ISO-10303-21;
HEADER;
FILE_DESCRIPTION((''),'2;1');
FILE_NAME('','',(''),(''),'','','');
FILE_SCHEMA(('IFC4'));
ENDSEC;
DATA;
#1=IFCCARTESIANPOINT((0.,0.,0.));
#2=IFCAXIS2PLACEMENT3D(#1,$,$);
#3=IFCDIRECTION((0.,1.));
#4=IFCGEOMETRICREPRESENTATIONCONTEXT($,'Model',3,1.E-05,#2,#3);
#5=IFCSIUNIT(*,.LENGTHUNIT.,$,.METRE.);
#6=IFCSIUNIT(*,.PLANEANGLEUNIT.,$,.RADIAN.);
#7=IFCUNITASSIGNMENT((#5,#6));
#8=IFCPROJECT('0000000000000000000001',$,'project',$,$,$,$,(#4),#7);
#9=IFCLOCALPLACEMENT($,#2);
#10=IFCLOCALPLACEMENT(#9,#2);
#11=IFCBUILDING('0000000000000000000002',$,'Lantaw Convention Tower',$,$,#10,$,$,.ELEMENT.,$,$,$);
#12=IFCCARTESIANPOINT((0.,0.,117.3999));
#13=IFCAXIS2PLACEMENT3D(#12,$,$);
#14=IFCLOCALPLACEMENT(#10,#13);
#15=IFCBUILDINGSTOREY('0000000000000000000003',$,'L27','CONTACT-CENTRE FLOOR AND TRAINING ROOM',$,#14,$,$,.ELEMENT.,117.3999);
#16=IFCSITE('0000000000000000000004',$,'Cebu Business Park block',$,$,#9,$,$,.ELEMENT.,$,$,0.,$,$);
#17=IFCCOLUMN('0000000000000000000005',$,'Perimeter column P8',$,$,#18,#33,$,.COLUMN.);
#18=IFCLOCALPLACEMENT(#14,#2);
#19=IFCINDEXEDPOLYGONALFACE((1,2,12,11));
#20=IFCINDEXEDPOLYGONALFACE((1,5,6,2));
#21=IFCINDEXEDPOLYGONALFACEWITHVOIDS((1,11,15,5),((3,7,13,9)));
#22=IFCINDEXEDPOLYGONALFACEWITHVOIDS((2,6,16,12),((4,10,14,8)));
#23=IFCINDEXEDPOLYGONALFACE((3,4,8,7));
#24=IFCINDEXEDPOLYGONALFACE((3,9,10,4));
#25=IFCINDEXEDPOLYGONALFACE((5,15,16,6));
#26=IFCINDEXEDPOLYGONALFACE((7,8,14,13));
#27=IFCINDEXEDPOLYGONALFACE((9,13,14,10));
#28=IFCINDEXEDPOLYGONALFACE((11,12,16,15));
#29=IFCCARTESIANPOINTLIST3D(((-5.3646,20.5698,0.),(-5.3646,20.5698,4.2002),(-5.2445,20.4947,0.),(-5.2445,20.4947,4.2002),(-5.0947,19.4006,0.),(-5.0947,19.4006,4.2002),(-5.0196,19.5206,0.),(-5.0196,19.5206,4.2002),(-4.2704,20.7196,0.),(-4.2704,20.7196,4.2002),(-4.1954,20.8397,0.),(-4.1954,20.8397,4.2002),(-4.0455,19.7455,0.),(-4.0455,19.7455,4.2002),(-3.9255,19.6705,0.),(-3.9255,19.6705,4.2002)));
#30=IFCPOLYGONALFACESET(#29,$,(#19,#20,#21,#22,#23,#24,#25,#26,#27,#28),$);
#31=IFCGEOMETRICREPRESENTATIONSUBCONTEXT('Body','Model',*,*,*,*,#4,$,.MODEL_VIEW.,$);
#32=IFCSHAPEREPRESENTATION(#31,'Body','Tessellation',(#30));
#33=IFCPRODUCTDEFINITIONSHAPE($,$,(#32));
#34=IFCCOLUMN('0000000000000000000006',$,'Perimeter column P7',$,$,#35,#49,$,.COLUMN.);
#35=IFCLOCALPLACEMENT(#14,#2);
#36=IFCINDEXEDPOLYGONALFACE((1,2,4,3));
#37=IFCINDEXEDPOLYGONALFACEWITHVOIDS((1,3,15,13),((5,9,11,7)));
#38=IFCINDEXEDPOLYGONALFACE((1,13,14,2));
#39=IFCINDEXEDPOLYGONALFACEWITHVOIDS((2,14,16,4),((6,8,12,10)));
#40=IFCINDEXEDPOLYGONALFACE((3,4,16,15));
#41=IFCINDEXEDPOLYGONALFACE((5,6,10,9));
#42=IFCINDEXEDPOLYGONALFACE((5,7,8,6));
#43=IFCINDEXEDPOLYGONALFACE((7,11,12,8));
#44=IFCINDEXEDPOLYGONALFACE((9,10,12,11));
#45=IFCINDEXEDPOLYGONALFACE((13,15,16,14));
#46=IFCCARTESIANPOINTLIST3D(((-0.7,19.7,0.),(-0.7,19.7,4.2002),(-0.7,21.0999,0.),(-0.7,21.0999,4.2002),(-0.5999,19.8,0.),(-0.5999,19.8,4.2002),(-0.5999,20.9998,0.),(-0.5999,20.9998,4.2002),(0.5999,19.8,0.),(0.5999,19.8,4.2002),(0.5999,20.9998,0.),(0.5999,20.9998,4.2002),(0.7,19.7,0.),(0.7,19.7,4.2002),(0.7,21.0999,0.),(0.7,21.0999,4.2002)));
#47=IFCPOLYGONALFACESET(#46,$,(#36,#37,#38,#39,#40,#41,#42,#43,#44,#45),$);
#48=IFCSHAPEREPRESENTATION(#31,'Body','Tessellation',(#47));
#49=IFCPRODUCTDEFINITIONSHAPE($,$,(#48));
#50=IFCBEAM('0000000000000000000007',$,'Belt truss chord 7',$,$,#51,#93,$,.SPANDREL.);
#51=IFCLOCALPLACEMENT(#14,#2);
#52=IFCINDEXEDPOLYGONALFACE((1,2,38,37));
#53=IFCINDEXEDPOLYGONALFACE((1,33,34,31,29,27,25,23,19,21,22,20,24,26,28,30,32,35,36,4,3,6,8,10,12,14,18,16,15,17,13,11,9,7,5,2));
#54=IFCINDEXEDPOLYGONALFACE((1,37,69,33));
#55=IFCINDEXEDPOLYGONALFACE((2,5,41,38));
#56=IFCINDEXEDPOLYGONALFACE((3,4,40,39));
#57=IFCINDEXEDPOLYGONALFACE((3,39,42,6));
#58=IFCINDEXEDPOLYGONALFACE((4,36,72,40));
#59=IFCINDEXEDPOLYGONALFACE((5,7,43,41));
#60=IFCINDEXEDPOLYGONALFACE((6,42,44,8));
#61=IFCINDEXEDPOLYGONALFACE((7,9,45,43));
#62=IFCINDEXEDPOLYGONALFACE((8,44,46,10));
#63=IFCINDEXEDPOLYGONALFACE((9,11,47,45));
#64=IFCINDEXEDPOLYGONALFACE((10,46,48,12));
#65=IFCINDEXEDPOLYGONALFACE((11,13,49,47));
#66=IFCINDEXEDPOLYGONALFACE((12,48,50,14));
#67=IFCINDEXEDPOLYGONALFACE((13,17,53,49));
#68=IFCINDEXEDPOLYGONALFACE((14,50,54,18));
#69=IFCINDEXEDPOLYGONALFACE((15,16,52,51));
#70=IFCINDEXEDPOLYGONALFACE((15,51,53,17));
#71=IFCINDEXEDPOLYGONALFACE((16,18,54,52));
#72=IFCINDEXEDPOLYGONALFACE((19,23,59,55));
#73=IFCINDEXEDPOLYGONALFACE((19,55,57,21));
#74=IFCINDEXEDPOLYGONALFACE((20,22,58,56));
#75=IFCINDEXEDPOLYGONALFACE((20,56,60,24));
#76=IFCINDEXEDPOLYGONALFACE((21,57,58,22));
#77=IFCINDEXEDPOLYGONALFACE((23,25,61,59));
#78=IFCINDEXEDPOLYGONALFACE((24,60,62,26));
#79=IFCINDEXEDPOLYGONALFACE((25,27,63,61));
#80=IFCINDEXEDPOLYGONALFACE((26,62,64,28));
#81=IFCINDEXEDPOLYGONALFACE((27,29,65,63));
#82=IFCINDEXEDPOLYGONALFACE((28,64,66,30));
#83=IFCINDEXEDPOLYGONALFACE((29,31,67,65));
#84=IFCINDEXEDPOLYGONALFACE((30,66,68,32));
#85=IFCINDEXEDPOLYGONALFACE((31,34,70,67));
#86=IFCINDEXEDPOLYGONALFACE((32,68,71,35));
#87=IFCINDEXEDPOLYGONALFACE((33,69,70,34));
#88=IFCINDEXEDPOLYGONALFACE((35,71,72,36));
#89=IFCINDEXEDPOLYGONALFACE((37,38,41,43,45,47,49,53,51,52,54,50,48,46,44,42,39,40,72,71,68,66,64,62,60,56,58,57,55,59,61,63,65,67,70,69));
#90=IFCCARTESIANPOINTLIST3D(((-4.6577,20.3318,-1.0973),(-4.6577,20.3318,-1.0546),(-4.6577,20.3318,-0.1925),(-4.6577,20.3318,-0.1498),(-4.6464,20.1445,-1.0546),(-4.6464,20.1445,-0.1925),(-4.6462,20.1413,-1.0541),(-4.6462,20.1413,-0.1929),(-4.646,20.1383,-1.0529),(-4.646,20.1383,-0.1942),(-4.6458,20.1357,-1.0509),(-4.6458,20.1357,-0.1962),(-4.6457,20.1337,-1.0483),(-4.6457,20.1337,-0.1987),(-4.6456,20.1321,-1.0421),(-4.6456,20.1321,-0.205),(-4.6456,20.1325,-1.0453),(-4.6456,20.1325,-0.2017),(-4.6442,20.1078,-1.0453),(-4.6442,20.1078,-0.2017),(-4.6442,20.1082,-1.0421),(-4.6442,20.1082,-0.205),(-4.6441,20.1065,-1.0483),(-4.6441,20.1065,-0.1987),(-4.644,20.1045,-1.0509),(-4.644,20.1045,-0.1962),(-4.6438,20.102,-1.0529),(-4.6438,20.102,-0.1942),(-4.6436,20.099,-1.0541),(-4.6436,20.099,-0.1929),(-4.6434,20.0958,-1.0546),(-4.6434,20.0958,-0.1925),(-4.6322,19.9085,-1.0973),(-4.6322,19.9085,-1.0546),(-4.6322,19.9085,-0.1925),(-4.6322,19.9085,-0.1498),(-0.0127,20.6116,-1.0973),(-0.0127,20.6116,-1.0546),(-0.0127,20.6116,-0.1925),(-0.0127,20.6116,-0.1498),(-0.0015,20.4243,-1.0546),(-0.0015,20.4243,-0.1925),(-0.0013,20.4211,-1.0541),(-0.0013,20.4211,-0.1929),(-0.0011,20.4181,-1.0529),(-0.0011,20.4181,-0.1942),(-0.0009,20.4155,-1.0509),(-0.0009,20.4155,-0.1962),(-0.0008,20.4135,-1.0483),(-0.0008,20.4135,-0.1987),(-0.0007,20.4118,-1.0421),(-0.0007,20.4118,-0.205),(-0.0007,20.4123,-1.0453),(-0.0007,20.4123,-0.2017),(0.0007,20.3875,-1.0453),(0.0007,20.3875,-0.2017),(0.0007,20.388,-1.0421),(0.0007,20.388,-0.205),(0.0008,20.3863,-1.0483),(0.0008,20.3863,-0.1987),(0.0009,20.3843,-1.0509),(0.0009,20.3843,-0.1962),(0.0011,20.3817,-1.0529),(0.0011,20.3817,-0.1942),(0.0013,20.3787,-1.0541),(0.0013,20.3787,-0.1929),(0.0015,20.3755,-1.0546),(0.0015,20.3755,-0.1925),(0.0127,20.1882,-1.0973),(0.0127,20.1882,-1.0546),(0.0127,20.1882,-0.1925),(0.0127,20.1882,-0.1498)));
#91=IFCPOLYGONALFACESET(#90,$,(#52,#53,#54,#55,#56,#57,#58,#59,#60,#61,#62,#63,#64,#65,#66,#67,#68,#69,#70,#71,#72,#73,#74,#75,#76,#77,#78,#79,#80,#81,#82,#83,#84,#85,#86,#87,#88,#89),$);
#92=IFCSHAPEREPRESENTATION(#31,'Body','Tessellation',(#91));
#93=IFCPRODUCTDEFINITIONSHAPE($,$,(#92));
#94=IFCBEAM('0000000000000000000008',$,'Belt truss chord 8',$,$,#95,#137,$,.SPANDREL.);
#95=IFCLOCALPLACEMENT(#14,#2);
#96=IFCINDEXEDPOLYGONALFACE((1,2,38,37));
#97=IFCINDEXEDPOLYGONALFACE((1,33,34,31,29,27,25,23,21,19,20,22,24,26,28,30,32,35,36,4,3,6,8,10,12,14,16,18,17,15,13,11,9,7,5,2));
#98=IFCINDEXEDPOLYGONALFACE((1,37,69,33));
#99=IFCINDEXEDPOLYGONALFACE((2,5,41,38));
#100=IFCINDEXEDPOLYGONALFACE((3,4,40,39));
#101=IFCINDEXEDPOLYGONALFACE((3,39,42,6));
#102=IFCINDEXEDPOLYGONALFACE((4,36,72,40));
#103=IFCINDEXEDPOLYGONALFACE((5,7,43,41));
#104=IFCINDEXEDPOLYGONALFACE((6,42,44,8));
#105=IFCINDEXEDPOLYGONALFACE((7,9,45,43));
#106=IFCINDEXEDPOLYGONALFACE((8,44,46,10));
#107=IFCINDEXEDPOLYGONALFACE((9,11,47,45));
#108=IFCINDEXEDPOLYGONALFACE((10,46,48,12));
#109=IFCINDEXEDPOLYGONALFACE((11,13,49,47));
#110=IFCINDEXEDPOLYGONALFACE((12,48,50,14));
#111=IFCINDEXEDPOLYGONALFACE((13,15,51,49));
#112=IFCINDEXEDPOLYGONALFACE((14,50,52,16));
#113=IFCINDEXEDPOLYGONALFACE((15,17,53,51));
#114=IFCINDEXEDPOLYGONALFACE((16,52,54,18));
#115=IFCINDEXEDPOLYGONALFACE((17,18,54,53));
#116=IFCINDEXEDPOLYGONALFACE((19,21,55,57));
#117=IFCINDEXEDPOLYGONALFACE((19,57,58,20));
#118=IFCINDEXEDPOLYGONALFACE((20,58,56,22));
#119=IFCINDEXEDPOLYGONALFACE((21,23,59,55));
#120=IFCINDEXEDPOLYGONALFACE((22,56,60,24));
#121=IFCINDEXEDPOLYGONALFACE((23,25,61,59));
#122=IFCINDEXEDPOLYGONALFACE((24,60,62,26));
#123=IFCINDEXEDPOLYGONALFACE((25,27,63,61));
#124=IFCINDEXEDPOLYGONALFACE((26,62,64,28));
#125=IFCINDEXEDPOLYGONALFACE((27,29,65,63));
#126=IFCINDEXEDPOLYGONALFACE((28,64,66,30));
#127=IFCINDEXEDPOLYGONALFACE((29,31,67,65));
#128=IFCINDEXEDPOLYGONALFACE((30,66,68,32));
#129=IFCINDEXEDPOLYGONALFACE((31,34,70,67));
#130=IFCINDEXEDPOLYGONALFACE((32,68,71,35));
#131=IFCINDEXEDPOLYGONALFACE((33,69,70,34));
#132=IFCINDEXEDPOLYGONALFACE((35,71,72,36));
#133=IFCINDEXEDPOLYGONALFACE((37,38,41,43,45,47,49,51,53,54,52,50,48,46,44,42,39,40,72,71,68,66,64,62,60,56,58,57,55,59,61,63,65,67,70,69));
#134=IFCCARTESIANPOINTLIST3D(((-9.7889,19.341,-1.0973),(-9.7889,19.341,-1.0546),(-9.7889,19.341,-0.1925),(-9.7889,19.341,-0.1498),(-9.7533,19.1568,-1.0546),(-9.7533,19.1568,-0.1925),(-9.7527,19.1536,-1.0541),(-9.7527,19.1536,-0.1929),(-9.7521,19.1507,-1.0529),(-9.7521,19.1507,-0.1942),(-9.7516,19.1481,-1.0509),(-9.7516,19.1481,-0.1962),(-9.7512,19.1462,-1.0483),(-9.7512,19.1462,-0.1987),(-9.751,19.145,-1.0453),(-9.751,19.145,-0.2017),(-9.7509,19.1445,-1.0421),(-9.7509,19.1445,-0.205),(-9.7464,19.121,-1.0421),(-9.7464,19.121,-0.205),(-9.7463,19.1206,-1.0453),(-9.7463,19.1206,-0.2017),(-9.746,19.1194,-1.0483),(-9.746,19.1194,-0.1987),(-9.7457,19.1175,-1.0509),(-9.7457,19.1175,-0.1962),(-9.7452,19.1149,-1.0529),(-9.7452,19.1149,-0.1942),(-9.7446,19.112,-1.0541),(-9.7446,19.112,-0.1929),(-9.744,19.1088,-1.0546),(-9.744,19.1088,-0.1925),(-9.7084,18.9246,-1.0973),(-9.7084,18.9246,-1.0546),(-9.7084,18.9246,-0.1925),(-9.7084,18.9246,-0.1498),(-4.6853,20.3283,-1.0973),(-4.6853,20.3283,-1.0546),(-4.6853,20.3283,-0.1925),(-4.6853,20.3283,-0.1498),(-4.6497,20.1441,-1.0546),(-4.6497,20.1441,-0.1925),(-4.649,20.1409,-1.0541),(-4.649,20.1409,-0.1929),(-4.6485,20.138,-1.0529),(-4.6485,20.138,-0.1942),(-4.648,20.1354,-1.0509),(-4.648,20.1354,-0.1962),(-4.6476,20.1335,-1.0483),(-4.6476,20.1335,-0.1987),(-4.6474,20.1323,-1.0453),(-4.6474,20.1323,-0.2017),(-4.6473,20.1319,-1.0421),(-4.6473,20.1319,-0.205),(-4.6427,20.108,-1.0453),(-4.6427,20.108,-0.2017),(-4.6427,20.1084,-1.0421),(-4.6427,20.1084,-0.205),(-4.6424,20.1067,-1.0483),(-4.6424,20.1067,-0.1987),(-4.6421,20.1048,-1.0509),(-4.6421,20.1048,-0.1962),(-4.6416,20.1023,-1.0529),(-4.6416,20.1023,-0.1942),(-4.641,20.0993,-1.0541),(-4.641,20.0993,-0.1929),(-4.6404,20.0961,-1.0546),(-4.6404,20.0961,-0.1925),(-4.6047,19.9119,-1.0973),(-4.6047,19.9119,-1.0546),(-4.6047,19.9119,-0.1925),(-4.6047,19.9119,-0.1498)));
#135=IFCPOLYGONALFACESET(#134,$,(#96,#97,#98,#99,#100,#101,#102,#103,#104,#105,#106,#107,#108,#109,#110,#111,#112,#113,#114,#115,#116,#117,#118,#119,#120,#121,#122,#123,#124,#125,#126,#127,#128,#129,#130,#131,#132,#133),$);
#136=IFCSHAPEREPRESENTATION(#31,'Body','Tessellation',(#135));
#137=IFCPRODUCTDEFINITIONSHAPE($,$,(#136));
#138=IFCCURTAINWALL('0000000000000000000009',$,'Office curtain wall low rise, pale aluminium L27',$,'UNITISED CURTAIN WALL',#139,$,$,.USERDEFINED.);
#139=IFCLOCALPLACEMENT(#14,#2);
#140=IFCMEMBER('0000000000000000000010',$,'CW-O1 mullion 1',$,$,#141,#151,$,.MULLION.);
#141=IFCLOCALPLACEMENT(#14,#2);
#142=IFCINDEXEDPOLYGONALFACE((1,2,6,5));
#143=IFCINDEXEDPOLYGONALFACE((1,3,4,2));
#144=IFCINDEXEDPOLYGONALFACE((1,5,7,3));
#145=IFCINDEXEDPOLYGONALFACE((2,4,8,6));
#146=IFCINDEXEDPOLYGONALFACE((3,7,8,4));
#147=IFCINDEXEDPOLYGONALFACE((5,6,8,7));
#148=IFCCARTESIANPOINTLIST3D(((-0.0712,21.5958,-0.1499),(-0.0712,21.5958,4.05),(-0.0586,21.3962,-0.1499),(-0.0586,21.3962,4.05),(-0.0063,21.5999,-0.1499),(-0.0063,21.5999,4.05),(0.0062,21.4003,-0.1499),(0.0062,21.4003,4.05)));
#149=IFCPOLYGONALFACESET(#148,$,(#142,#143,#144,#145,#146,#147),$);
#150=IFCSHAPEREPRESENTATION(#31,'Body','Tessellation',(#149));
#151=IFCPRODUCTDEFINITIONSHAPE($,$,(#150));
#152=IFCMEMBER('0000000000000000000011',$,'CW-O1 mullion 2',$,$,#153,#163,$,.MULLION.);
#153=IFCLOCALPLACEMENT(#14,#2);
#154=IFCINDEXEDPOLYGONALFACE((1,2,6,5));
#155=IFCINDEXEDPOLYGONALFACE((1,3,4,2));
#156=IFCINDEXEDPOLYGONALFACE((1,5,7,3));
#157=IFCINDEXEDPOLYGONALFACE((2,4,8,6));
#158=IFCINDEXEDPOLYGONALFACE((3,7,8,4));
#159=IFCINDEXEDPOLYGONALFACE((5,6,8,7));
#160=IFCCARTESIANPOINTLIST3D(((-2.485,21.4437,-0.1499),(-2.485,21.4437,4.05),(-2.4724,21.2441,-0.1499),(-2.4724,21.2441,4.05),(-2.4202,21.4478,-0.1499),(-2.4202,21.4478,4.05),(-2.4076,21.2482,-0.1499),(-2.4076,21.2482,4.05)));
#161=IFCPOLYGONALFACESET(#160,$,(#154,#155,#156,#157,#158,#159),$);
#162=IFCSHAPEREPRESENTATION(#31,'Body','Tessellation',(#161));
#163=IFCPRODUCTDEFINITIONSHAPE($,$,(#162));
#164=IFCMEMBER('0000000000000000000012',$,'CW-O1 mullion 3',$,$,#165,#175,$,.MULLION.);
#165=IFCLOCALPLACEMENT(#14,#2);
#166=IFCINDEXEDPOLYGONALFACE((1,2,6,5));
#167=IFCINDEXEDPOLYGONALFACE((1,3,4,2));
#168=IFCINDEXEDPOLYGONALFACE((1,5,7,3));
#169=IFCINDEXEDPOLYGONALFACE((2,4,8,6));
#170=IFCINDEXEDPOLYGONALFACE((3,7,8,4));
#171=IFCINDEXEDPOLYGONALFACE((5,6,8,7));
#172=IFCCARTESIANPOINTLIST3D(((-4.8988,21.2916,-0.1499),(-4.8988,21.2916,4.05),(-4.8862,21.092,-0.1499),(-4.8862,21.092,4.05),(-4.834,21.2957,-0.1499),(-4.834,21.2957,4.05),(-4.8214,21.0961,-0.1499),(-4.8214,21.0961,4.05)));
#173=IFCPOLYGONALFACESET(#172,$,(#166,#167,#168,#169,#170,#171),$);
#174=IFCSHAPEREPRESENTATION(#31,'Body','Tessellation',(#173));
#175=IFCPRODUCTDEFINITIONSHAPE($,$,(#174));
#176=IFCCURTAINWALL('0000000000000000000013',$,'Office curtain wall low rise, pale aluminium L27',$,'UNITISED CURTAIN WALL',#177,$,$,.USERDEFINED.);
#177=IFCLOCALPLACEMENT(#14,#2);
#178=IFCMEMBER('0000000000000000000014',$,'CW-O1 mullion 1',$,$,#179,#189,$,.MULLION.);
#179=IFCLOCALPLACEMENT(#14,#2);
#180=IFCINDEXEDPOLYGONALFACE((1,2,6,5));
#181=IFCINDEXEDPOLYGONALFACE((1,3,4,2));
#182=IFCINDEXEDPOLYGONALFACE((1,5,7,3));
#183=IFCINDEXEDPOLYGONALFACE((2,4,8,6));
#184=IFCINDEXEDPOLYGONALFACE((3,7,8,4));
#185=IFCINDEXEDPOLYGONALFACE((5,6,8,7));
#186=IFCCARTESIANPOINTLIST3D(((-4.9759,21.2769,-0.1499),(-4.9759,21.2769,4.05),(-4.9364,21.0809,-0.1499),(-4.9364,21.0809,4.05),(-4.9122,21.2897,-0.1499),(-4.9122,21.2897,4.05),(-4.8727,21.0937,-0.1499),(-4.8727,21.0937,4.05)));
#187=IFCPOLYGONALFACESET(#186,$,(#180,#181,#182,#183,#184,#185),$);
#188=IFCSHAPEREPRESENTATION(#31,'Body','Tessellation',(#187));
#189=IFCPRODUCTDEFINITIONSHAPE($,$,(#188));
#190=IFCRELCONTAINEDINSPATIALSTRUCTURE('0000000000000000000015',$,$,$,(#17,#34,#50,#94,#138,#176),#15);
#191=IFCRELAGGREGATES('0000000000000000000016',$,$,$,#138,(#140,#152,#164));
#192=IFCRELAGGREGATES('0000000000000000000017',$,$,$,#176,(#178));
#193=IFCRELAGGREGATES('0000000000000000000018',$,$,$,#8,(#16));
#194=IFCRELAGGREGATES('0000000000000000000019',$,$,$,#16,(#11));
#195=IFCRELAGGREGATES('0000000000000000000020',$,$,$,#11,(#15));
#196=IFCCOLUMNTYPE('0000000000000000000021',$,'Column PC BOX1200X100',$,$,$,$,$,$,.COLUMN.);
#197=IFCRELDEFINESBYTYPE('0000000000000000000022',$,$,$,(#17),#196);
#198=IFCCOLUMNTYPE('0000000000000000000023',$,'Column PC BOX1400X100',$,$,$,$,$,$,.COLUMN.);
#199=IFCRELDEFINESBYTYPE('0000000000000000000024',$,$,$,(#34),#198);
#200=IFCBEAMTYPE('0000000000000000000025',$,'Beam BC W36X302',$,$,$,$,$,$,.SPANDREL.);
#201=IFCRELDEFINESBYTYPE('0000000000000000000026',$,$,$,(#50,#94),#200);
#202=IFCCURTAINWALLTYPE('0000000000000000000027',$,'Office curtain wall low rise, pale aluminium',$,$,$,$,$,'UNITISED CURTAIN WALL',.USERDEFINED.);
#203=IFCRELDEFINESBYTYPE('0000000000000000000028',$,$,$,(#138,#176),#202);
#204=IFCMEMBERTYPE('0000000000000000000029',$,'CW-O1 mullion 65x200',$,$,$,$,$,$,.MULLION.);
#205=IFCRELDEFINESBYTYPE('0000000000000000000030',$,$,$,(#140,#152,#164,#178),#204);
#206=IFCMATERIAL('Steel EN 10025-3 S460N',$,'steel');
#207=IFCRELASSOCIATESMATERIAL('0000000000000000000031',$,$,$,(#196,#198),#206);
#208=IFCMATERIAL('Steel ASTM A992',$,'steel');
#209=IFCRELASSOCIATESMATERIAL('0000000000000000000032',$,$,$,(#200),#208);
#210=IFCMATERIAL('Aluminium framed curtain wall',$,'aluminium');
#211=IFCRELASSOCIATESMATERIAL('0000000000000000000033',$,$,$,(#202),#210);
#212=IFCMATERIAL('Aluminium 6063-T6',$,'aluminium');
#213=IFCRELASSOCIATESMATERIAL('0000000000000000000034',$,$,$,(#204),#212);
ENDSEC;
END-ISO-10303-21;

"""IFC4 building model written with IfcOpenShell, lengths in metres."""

from ifc_helpers import new_model, si_unit, direction, frame, origin, origin_2d, place, context, subcontext, project, spatial, rectangle, hollow_rectangle, i_section, extrude, material, material_profile, profile_set, type_object, element, aggregate, save


model = new_model("IFC4")

# Units and contexts
model_context = context("Model", 3, precision=1e-05, world=origin(), true_north=direction((0.0, 1.0)))
body_context = subcontext(model_context, "Body", "Model", "MODEL_VIEW")
ifc_project = project(units=[si_unit("LENGTHUNIT", "METRE"), si_unit("PLANEANGLEUNIT", "RADIAN")], contexts=[model_context])

# Site, building, storey
site_placement = place(None, origin())
site = spatial("IfcSite", under=ifc_project, at=site_placement, Name="Cebu Business Park block", CompositionType="ELEMENT", RefElevation=0.0)
building_placement = place(site_placement, origin())
building = spatial("IfcBuilding", under=site, at=building_placement, Name="Lantaw Convention Tower", CompositionType="ELEMENT")
storey_placement = place(building_placement, frame((0.0, 0.0, 117.3999)))
storey = spatial("IfcBuildingStorey", under=building, at=storey_placement, Name="L27", Description="CONTACT-CENTRE FLOOR AND TRAINING ROOM", CompositionType="ELEMENT", Elevation=117.3999)

# Columns
ifc_material_1 = material(Name="Steel EN 10025-3 S460N", Category="steel")
ifc_material_profile_1 = material_profile(ifc_material_1, hollow_rectangle(XDim=1.2, YDim=1.2, WallThickness=0.1001, at=origin_2d()), Name="BOX1200X100")
ifc_material_2 = material(Name="Concrete C60/75", Category="concrete")
ifc_material_profile_2 = material_profile(ifc_material_2, rectangle(XDim=1.0, YDim=1.0, at=origin_2d()), Name="Concrete fill of BOX1200X100")
ifc_profile_set_1 = profile_set([ifc_material_profile_1, ifc_material_profile_2], Name="Steel EN 10025-3 S460N")
column_type_1 = type_object("IfcColumnType", Name="Column PC BOX1200X100", PredefinedType="COLUMN", material=ifc_profile_set_1)
column_1_placement = place(storey_placement, frame((-4.645, 20.1201, 0.0), z_axis=(0.0, 0.0, 1.0), x_axis=(0.97437, 0.224951, 0.0)))
element("IfcColumn", 1, at=column_1_placement, inside=storey, type_object=column_type_1, Name="Perimeter column P8", PredefinedType="COLUMN", context=body_context, shape_type="SweptSolid", body=[
    extrude(hollow_rectangle(XDim=1.2, YDim=1.2, WallThickness=0.1001, at=origin_2d()), origin(), (0.0, 0.0, 1.0), 4.2002),
])
ifc_material_profile_3 = material_profile(ifc_material_1, hollow_rectangle(XDim=1.3999, YDim=1.3999, WallThickness=0.1001, at=origin_2d()), Name="BOX1400X100")
ifc_material_profile_4 = material_profile(ifc_material_2, rectangle(XDim=1.2, YDim=1.2, at=origin_2d()), Name="Concrete fill of BOX1400X100")
ifc_profile_set_2 = profile_set([ifc_material_profile_3, ifc_material_profile_4], Name="Steel EN 10025-3 S460N")
column_type_2 = type_object("IfcColumnType", Name="Column PC BOX1400X100", PredefinedType="COLUMN", material=ifc_profile_set_2)
column_2_placement = place(storey_placement, frame((0.0, 20.3999, 0.0), z_axis=(0.0, 0.0, 1.0), x_axis=(1.0, 0.0, 0.0)))
element("IfcColumn", 2, at=column_2_placement, inside=storey, type_object=column_type_2, Name="Perimeter column P7", PredefinedType="COLUMN", context=body_context, shape_type="SweptSolid", body=[
    extrude(hollow_rectangle(XDim=1.3999, YDim=1.3999, WallThickness=0.1001, at=origin_2d()), origin(), (0.0, 0.0, 1.0), 4.2002),
])

# Beams
ifc_material_3 = material(Name="Steel ASTM A992", Category="steel")
ifc_material_profile_5 = material_profile(ifc_material_3, i_section(OverallWidth=0.4241, OverallDepth=0.9475, WebThickness=0.0239, FlangeThickness=0.0427, FilletRadius=0.0125, at=origin_2d()), Name="W36X302")
ifc_profile_set_3 = profile_set([ifc_material_profile_5], Name="Steel ASTM A992")
beam_type = type_object("IfcBeamType", Name="Beam BC W36X302", PredefinedType="SPANDREL", material=ifc_profile_set_3)
beam_1_placement = place(storey_placement, frame((0.0, 20.3999, -0.6235), z_axis=(-0.998191, -0.060124, 0.0), x_axis=(0.060124, -0.998191, 0.0)))
element("IfcBeam", 3, at=beam_1_placement, inside=storey, type_object=beam_type, Name="Belt truss chord 7", PredefinedType="SPANDREL", context=body_context, shape_type="SweptSolid", body=[
    extrude(i_section(OverallWidth=0.4241, OverallDepth=0.9475, WebThickness=0.0239, FlangeThickness=0.0427, FilletRadius=0.0125, at=origin_2d()), origin(), (0.0, 0.0, 1.0), 4.6533),
])
beam_2_placement = place(storey_placement, frame((-4.645, 20.1201, -0.6235), z_axis=(-0.981797, -0.189934, 0.0), x_axis=(0.189934, -0.981797, 0.0)))
element("IfcBeam", 4, at=beam_2_placement, inside=storey, type_object=beam_type, Name="Belt truss chord 8", PredefinedType="SPANDREL", context=body_context, shape_type="SweptSolid", body=[
    extrude(i_section(OverallWidth=0.4241, OverallDepth=0.9475, WebThickness=0.0239, FlangeThickness=0.0427, FilletRadius=0.0125, at=origin_2d()), origin(), (0.0, 0.0, 1.0), 5.1982),
])

# Curtain walls, members
ifc_material_4 = material(Name="Aluminium framed curtain wall", Category="aluminium")
curtain_wall_type = type_object("IfcCurtainWallType", Name="Office curtain wall low rise, pale aluminium", ElementType="UNITISED CURTAIN WALL", PredefinedType="USERDEFINED", material=ifc_material_4)
curtain_wall_1_placement = place(storey_placement, origin())
curtain_wall_1 = element("IfcCurtainWall", 5, at=curtain_wall_1_placement, inside=storey, type_object=curtain_wall_type, Name="Office curtain wall low rise, pale aluminium L27", ObjectType="UNITISED CURTAIN WALL", PredefinedType="USERDEFINED")
ifc_material_5 = material(Name="Aluminium 6063-T6", Category="aluminium")
ifc_material_profile_6 = material_profile(ifc_material_5, rectangle(XDim=0.2, YDim=0.0649, at=origin_2d()), Name="CW-O1 mullion 65x200")
ifc_profile_set_4 = profile_set([ifc_material_profile_6], Name="Aluminium 6063-T6")
member_type_1 = type_object("IfcMemberType", Name="CW-O1 mullion 65x200", PredefinedType="MULLION", material=ifc_profile_set_4)
member_1_placement = place(storey_placement, frame((-0.0325, 21.498, -0.1499), z_axis=(0.0, 0.0, 1.0), x_axis=(0.062865, -0.998022, 0.0)))
member_1 = element("IfcMember", 6, at=member_1_placement, type_object=member_type_1, Name="CW-O1 mullion 1", PredefinedType="MULLION", context=body_context, shape_type="SweptSolid", body=[
    extrude(rectangle(XDim=0.2, YDim=0.0649, at=origin_2d()), origin(), (0.0, 0.0, 1.0), 4.2),
])
member_2_placement = place(storey_placement, frame((-2.4463, 21.3459, -0.1499), z_axis=(0.0, 0.0, 1.0), x_axis=(0.062865, -0.998022, 0.0)))
member_2 = element("IfcMember", 7, at=member_2_placement, type_object=member_type_1, Name="CW-O1 mullion 2", PredefinedType="MULLION", context=body_context, shape_type="SweptSolid", body=[
    extrude(rectangle(XDim=0.2, YDim=0.0649, at=origin_2d()), origin(), (0.0, 0.0, 1.0), 4.2),
])
member_3_placement = place(storey_placement, frame((-4.8601, 21.1938, -0.1499), z_axis=(0.0, 0.0, 1.0), x_axis=(0.062865, -0.998022, 0.0)))
member_3 = element("IfcMember", 8, at=member_3_placement, type_object=member_type_1, Name="CW-O1 mullion 3", PredefinedType="MULLION", context=body_context, shape_type="SweptSolid", body=[
    extrude(rectangle(XDim=0.2, YDim=0.0649, at=origin_2d()), origin(), (0.0, 0.0, 1.0), 4.2),
])
curtain_wall_2_placement = place(storey_placement, origin())
curtain_wall_2 = element("IfcCurtainWall", 9, at=curtain_wall_2_placement, inside=storey, type_object=curtain_wall_type, Name="Office curtain wall low rise, pale aluminium L27", ObjectType="UNITISED CURTAIN WALL", PredefinedType="USERDEFINED")
member_4_placement = place(storey_placement, frame((-4.9243, 21.1853, -0.1499), z_axis=(0.0, 0.0, 1.0), x_axis=(0.197507, -0.980302, 0.0)))
member_4 = element("IfcMember", 10, at=member_4_placement, type_object=member_type_1, Name="CW-O1 mullion 1", PredefinedType="MULLION", context=body_context, shape_type="SweptSolid", body=[
    extrude(rectangle(XDim=0.2, YDim=0.0649, at=origin_2d()), origin(), (0.0, 0.0, 1.0), 4.2),
])

aggregate(curtain_wall_1, [member_1, member_2, member_3])
aggregate(curtain_wall_2, [member_4])

save(model, "model.ifc")
